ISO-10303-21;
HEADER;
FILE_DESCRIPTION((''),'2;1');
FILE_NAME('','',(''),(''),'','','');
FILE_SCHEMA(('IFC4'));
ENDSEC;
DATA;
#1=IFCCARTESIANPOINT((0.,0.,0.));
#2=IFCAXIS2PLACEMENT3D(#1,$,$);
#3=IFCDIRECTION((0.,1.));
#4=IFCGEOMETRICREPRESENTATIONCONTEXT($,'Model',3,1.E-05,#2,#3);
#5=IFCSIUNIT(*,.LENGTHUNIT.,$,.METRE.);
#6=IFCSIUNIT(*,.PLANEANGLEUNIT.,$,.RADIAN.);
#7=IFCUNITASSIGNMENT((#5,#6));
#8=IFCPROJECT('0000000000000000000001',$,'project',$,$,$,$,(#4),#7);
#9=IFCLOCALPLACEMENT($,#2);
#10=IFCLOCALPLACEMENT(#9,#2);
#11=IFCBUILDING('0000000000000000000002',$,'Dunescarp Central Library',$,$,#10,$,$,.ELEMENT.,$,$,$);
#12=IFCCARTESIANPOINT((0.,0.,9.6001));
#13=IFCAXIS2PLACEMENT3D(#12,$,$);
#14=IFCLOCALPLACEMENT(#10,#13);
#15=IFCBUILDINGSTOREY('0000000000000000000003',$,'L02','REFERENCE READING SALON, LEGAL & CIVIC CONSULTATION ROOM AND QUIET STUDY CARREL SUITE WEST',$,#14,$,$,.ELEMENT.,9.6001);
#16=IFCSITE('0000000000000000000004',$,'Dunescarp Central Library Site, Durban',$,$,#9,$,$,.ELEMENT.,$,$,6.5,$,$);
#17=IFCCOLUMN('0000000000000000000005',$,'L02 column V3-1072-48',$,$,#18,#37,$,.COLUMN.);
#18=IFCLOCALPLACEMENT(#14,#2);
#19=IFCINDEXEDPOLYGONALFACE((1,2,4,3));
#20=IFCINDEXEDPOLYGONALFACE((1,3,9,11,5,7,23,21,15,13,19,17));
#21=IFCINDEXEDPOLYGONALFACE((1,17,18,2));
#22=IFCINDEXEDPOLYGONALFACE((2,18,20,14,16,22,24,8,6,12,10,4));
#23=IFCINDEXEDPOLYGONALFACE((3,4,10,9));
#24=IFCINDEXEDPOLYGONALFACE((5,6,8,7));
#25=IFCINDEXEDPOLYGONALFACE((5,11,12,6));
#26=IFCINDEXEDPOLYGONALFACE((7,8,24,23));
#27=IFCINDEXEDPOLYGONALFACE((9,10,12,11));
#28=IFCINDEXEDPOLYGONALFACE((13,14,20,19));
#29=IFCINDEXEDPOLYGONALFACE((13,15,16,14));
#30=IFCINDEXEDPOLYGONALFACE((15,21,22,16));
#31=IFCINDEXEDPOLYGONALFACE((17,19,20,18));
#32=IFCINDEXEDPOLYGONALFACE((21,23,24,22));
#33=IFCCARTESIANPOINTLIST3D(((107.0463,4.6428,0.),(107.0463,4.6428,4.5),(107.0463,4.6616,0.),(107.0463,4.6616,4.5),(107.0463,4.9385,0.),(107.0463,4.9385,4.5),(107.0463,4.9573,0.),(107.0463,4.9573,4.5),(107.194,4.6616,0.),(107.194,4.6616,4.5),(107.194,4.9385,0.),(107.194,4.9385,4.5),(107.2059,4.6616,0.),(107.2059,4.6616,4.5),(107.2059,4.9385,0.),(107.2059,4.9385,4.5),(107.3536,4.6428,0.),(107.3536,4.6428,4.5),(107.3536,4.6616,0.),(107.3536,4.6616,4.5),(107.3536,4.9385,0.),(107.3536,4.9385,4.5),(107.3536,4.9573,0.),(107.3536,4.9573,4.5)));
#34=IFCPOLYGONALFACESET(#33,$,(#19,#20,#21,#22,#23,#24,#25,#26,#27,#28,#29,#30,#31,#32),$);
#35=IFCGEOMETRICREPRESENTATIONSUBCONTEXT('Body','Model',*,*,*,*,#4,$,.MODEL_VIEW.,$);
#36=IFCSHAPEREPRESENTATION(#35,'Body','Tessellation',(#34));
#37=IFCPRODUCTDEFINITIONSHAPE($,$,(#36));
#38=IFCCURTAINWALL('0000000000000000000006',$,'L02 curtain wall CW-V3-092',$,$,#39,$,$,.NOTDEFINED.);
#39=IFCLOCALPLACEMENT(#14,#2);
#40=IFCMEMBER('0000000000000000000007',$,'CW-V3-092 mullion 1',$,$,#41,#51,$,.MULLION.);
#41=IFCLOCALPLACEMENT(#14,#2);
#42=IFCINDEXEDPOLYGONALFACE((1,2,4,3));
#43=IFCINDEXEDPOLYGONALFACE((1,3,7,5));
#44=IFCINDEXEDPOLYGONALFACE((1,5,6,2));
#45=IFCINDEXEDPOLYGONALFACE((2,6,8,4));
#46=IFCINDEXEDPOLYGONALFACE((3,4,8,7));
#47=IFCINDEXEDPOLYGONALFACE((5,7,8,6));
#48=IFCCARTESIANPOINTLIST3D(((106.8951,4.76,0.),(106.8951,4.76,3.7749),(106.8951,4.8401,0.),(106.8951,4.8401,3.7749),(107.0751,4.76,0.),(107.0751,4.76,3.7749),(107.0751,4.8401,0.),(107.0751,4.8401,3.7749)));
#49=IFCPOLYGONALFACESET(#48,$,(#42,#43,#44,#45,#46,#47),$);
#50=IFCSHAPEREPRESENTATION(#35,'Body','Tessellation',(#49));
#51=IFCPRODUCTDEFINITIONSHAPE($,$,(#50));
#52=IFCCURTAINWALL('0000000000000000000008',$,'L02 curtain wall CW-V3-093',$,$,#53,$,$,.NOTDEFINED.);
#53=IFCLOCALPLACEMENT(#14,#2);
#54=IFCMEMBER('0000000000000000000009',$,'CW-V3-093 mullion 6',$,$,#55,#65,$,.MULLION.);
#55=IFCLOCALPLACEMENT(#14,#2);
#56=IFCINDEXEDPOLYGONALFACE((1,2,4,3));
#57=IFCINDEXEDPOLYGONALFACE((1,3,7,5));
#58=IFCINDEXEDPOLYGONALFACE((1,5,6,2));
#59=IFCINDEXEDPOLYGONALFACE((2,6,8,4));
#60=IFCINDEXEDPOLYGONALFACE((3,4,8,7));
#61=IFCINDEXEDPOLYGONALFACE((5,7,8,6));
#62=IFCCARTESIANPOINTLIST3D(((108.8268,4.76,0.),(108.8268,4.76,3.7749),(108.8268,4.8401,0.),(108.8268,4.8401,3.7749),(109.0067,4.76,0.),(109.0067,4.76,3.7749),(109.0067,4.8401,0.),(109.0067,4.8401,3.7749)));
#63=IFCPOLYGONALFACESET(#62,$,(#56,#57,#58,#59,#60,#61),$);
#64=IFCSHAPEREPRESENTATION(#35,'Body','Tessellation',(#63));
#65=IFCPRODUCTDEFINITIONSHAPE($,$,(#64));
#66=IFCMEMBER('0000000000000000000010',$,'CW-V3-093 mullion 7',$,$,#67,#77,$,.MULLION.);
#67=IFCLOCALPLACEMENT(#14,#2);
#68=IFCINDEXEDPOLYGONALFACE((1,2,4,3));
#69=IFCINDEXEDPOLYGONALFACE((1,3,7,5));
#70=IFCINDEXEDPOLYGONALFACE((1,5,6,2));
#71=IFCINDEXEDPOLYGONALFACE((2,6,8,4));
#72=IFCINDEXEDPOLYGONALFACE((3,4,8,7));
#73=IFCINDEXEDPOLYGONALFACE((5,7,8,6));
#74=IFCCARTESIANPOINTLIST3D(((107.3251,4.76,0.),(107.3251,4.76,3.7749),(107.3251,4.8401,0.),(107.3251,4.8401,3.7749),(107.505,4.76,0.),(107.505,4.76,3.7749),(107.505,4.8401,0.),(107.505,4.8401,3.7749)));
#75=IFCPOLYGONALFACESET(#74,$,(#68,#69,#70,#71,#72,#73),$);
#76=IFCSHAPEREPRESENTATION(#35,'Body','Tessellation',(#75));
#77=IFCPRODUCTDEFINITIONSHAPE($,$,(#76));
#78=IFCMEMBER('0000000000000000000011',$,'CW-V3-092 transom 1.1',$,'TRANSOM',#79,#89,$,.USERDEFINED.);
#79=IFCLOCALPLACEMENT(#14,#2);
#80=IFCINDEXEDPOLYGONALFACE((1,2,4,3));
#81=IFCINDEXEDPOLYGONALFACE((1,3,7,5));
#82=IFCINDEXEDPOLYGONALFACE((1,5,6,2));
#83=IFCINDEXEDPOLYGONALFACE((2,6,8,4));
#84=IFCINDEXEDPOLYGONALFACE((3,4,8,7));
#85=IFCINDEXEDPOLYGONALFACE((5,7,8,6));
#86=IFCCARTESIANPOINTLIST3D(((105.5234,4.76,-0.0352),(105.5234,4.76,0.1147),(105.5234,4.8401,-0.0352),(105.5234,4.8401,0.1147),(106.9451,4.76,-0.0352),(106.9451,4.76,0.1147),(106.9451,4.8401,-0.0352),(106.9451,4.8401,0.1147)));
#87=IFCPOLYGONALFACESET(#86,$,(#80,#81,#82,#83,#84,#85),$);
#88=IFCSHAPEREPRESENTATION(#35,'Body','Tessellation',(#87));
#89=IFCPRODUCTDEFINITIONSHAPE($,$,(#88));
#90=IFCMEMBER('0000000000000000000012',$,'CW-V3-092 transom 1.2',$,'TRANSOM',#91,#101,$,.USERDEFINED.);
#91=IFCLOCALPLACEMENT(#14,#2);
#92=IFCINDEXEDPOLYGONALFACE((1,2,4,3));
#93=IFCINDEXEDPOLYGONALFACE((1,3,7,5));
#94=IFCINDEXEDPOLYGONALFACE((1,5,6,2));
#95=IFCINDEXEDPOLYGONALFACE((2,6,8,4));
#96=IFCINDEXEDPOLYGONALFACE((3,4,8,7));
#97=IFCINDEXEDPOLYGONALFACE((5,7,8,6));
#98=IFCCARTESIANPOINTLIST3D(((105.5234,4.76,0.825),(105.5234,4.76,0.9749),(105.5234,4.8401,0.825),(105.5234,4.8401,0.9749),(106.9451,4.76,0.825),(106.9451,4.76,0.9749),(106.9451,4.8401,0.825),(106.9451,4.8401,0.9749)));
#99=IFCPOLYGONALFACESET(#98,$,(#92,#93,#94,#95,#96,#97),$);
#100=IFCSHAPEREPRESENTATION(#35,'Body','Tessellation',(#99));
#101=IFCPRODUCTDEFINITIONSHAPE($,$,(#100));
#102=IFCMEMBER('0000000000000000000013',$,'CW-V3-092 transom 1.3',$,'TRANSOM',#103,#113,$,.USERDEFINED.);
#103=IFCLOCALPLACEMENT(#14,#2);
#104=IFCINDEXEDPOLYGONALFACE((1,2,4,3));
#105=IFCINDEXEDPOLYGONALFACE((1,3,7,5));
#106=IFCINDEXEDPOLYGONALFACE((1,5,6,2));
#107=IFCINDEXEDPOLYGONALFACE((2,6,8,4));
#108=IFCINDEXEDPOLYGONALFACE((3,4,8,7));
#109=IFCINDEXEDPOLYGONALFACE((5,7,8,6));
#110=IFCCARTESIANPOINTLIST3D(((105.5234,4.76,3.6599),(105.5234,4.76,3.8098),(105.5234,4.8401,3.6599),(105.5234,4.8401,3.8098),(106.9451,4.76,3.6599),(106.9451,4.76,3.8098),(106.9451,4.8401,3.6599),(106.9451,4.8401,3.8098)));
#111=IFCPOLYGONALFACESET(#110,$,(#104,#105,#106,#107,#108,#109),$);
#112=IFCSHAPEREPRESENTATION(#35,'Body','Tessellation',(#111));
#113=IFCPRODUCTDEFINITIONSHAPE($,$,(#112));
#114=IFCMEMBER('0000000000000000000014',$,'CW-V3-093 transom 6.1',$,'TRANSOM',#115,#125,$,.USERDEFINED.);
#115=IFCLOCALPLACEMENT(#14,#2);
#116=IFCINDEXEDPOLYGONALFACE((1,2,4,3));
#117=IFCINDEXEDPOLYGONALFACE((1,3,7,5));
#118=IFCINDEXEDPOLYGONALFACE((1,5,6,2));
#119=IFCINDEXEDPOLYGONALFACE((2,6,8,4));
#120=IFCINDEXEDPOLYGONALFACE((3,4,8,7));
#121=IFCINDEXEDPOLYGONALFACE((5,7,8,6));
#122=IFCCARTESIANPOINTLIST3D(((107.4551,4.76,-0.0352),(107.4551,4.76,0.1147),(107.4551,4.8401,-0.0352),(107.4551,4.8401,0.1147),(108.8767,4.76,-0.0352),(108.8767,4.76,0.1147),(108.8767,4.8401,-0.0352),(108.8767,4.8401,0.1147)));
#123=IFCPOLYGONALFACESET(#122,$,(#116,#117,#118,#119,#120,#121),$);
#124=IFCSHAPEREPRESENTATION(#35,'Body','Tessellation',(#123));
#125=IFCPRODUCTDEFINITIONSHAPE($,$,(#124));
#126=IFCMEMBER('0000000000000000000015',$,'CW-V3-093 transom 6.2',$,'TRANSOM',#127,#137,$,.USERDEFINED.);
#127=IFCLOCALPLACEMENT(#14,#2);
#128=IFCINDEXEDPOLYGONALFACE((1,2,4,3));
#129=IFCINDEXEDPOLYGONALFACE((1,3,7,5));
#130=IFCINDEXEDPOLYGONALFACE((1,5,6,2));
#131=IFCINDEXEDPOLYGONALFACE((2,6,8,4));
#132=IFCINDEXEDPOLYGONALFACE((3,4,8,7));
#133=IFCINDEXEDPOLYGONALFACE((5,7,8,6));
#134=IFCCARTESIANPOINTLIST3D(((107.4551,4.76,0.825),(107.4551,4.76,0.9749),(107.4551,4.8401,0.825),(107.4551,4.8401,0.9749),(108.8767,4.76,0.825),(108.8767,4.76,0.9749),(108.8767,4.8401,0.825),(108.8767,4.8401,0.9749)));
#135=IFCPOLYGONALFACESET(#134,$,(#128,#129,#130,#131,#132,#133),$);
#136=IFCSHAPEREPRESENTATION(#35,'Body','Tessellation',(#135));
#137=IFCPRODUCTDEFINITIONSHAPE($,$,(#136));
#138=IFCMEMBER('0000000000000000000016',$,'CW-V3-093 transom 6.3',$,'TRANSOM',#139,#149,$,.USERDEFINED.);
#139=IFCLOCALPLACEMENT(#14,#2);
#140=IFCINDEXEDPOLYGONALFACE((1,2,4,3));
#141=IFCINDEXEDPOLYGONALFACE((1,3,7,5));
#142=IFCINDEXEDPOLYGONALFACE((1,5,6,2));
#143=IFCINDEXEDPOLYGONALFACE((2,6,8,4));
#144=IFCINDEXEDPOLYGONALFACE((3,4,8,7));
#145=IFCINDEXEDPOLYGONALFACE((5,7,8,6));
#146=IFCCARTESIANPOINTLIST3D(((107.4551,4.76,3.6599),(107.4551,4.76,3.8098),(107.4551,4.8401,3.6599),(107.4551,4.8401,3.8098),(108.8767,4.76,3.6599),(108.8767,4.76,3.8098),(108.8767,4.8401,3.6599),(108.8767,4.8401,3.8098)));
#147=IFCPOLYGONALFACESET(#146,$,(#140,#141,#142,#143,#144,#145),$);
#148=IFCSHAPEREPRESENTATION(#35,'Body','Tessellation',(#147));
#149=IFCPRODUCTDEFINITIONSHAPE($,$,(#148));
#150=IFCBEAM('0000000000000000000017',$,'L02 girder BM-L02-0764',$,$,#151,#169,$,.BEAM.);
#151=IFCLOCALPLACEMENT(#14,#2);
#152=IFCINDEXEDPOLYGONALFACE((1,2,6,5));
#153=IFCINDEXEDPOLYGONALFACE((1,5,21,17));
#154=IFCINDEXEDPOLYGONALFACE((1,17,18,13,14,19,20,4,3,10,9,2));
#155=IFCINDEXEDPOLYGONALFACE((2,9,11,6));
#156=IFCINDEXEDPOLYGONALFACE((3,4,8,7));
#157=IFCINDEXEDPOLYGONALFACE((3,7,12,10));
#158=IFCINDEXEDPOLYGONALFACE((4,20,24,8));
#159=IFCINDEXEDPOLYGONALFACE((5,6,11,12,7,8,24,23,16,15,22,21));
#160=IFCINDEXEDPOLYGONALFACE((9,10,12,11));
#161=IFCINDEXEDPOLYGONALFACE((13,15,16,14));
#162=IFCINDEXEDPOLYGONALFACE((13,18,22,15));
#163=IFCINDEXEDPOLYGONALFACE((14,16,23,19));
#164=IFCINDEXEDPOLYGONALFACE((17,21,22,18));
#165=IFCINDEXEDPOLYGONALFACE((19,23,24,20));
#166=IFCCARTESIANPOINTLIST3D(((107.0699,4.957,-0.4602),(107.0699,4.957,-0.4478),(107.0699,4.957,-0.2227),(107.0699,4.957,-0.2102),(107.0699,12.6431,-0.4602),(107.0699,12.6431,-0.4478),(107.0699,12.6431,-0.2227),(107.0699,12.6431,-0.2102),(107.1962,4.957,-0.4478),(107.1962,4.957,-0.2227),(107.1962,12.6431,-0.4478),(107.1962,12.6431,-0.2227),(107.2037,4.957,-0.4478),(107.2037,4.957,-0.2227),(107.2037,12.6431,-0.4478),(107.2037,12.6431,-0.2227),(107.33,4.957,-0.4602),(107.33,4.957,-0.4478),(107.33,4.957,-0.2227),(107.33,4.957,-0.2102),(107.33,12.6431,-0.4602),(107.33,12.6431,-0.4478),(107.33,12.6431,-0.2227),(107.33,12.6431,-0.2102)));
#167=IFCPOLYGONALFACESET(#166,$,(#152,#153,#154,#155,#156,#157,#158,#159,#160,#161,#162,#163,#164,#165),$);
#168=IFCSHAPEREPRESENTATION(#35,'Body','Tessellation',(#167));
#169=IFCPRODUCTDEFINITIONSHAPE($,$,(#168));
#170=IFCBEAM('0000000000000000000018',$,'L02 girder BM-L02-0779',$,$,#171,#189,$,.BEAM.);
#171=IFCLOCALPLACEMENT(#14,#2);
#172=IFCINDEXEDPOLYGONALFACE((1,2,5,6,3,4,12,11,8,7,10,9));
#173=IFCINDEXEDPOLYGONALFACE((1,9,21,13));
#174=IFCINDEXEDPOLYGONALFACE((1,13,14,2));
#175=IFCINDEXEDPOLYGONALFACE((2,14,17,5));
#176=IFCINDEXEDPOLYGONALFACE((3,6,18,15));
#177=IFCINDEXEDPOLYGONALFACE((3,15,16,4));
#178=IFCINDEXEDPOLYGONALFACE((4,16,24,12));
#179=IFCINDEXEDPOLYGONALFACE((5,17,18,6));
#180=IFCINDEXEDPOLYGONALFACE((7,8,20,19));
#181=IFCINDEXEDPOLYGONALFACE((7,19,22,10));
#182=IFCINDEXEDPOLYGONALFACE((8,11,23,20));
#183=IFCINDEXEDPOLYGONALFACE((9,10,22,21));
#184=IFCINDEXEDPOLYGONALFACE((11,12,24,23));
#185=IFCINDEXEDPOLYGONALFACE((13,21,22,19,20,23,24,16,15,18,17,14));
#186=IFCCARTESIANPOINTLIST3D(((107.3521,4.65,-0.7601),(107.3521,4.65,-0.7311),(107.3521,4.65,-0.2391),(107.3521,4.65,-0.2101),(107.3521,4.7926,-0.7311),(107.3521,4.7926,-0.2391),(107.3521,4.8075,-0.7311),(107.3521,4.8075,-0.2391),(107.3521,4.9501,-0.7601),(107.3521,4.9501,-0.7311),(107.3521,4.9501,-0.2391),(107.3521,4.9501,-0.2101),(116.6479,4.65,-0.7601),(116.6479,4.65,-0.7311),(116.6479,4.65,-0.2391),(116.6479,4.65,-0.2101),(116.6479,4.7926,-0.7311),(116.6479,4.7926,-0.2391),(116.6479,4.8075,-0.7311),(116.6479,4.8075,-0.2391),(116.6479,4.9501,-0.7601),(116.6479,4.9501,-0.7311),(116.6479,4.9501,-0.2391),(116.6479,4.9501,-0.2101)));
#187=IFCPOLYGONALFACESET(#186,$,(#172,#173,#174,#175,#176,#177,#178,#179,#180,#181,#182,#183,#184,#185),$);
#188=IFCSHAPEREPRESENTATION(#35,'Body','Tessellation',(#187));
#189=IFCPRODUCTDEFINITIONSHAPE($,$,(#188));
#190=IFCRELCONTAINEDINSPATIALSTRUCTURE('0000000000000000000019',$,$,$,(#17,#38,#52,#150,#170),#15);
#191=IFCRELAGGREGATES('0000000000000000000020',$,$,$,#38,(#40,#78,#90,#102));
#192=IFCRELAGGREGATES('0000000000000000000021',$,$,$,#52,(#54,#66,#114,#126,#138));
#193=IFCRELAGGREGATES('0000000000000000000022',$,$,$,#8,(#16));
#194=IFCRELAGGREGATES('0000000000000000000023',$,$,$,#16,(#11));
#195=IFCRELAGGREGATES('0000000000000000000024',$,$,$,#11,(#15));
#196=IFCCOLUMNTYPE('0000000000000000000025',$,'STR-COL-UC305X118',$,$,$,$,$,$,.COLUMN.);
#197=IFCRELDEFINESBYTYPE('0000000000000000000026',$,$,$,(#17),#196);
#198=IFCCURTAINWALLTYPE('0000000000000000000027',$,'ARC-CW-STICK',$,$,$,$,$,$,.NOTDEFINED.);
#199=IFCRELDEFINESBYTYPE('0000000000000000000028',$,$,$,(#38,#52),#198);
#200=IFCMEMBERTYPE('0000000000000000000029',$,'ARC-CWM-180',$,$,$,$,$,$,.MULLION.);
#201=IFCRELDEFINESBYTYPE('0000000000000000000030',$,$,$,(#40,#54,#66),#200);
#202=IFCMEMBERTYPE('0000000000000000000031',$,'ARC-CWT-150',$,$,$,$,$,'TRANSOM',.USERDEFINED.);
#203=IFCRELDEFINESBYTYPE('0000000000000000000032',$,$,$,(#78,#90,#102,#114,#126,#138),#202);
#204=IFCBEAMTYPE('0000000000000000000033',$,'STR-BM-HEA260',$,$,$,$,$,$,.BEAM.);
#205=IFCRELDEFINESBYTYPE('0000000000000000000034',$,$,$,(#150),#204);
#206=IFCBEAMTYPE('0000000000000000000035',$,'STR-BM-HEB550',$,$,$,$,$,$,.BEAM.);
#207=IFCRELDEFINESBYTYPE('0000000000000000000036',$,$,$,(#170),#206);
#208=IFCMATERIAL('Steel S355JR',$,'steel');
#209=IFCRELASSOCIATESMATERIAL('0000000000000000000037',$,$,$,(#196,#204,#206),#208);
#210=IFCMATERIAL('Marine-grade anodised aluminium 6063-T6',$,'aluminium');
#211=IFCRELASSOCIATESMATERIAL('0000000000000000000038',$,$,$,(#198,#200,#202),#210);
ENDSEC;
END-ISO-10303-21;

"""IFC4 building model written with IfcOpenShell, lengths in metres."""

from ifc_helpers import new_model, si_unit, direction, frame, origin, origin_2d, place, context, subcontext, project, spatial, rectangle, i_section, extrude, material, material_profile, profile_set, type_object, element, aggregate, save


model = new_model("IFC4")

# Units and contexts
model_context = context("Model", 3, precision=1e-05, world=origin(), true_north=direction((0.0, 1.0)))
body_context = subcontext(model_context, "Body", "Model", "MODEL_VIEW")
ifc_project = project(units=[si_unit("LENGTHUNIT", "METRE"), si_unit("PLANEANGLEUNIT", "RADIAN")], contexts=[model_context])

# Site, building, storey
site_placement = place(None, origin())
site = spatial("IfcSite", under=ifc_project, at=site_placement, Name="Dunescarp Central Library Site, Durban", CompositionType="ELEMENT", RefElevation=6.5)
building_placement = place(site_placement, origin())
building = spatial("IfcBuilding", under=site, at=building_placement, Name="Dunescarp Central Library", CompositionType="ELEMENT")
storey_placement = place(building_placement, frame((0.0, 0.0, 9.6001)))
storey = spatial("IfcBuildingStorey", under=building, at=storey_placement, Name="L02", Description="REFERENCE READING SALON, LEGAL & CIVIC CONSULTATION ROOM AND QUIET STUDY CARREL SUITE WEST", CompositionType="ELEMENT", Elevation=9.6001)

# Column
ifc_material_1 = material(Name="Steel S355JR", Category="steel")
ifc_material_profile_1 = material_profile(ifc_material_1, i_section(OverallWidth=0.3074, OverallDepth=0.3145, WebThickness=0.012, FlangeThickness=0.0188, at=origin_2d()), Name="UC 305x305x118")
ifc_profile_set_1 = profile_set([ifc_material_profile_1], Name="Steel S355JR")
column_type = type_object("IfcColumnType", Name="STR-COL-UC305X118", PredefinedType="COLUMN", material=ifc_profile_set_1)
column_placement = place(storey_placement, frame((107.2, 4.8, 0.0), z_axis=(0.0, 0.0, 1.0), x_axis=(1.0, 0.0, 0.0)))
element("IfcColumn", 1, at=column_placement, inside=storey, type_object=column_type, Name="L02 column V3-1072-48", PredefinedType="COLUMN", context=body_context, shape_type="SweptSolid", body=[
    extrude(i_section(OverallWidth=0.3074, OverallDepth=0.3145, WebThickness=0.012, FlangeThickness=0.0188, at=origin_2d()), origin(), (0.0, 0.0, 1.0), 4.5),
])

# Curtain wall, member
ifc_material_2 = material(Name="Marine-grade anodised aluminium 6063-T6", Category="aluminium")
curtain_wall_type = type_object("IfcCurtainWallType", Name="ARC-CW-STICK", PredefinedType="NOTDEFINED", material=ifc_material_2)
curtain_wall_1_placement = place(storey_placement, origin())
curtain_wall_1 = element("IfcCurtainWall", 2, at=curtain_wall_1_placement, inside=storey, type_object=curtain_wall_type, Name="L02 curtain wall CW-V3-092", PredefinedType="NOTDEFINED")
ifc_material_profile_2 = material_profile(ifc_material_2, rectangle(XDim=0.0801, YDim=0.1799, at=origin_2d()), Name="AL 80x180")
ifc_profile_set_2 = profile_set([ifc_material_profile_2], Name="Marine-grade anodised aluminium 6063-T6")
member_type_1 = type_object("IfcMemberType", Name="ARC-CWM-180", PredefinedType="MULLION", material=ifc_profile_set_2)
member_1_placement = place(storey_placement, frame((106.9851, 4.8, 0.0), z_axis=(0.0, 0.0, 1.0), x_axis=(0.0, -1.0, 0.0)))
member_1 = element("IfcMember", 3, at=member_1_placement, type_object=member_type_1, Name="CW-V3-092 mullion 1", PredefinedType="MULLION", context=body_context, shape_type="SweptSolid", body=[
    extrude(rectangle(XDim=0.0801, YDim=0.1799, at=origin_2d()), origin(), (0.0, 0.0, 1.0), 3.7749),
])

# Curtain wall, members
curtain_wall_2_placement = place(storey_placement, origin())
curtain_wall_2 = element("IfcCurtainWall", 4, at=curtain_wall_2_placement, inside=storey, type_object=curtain_wall_type, Name="L02 curtain wall CW-V3-093", PredefinedType="NOTDEFINED")
member_2_placement = place(storey_placement, frame((108.9167, 4.8, 0.0), z_axis=(0.0, 0.0, 1.0), x_axis=(0.0, -1.0, 0.0)))
member_2 = element("IfcMember", 5, at=member_2_placement, type_object=member_type_1, Name="CW-V3-093 mullion 6", PredefinedType="MULLION", context=body_context, shape_type="SweptSolid", body=[
    extrude(rectangle(XDim=0.0801, YDim=0.1799, at=origin_2d()), origin(), (0.0, 0.0, 1.0), 3.7749),
])
member_3_placement = place(storey_placement, frame((107.415, 4.8, 0.0), z_axis=(0.0, 0.0, 1.0), x_axis=(0.0, -1.0, 0.0)))
member_3 = element("IfcMember", 6, at=member_3_placement, type_object=member_type_1, Name="CW-V3-093 mullion 7", PredefinedType="MULLION", context=body_context, shape_type="SweptSolid", body=[
    extrude(rectangle(XDim=0.0801, YDim=0.1799, at=origin_2d()), origin(), (0.0, 0.0, 1.0), 3.7749),
])

# Members
ifc_material_profile_3 = material_profile(ifc_material_2, rectangle(XDim=0.0801, YDim=0.1499, at=origin_2d()), Name="AL 80x150")
ifc_profile_set_3 = profile_set([ifc_material_profile_3], Name="Marine-grade anodised aluminium 6063-T6")
member_type_2 = type_object("IfcMemberType", Name="ARC-CWT-150", ElementType="TRANSOM", PredefinedType="USERDEFINED", material=ifc_profile_set_3)
member_4_placement = place(storey_placement, frame((106.9451, 4.8, 0.0398), z_axis=(-1.0, 0.0, 0.0), x_axis=(0.0, -1.0, 0.0)))
member_4 = element("IfcMember", 7, at=member_4_placement, type_object=member_type_2, Name="CW-V3-092 transom 1.1", ObjectType="TRANSOM", PredefinedType="USERDEFINED", context=body_context, shape_type="SweptSolid", body=[
    extrude(rectangle(XDim=0.0801, YDim=0.1499, at=origin_2d()), origin(), (0.0, 0.0, 1.0), 1.4216),
])
member_5_placement = place(storey_placement, frame((106.9451, 4.8, 0.8999), z_axis=(-1.0, 0.0, 0.0), x_axis=(0.0, -1.0, 0.0)))
member_5 = element("IfcMember", 8, at=member_5_placement, type_object=member_type_2, Name="CW-V3-092 transom 1.2", ObjectType="TRANSOM", PredefinedType="USERDEFINED", context=body_context, shape_type="SweptSolid", body=[
    extrude(rectangle(XDim=0.0801, YDim=0.1499, at=origin_2d()), origin(), (0.0, 0.0, 1.0), 1.4216),
])
member_6_placement = place(storey_placement, frame((106.9451, 4.8, 3.7349), z_axis=(-1.0, 0.0, 0.0), x_axis=(0.0, -1.0, 0.0)))
member_6 = element("IfcMember", 9, at=member_6_placement, type_object=member_type_2, Name="CW-V3-092 transom 1.3", ObjectType="TRANSOM", PredefinedType="USERDEFINED", context=body_context, shape_type="SweptSolid", body=[
    extrude(rectangle(XDim=0.0801, YDim=0.1499, at=origin_2d()), origin(), (0.0, 0.0, 1.0), 1.4216),
])
member_7_placement = place(storey_placement, frame((108.8767, 4.8, 0.0398), z_axis=(-1.0, 0.0, 0.0), x_axis=(0.0, -1.0, 0.0)))
member_7 = element("IfcMember", 10, at=member_7_placement, type_object=member_type_2, Name="CW-V3-093 transom 6.1", ObjectType="TRANSOM", PredefinedType="USERDEFINED", context=body_context, shape_type="SweptSolid", body=[
    extrude(rectangle(XDim=0.0801, YDim=0.1499, at=origin_2d()), origin(), (0.0, 0.0, 1.0), 1.4216),
])
member_8_placement = place(storey_placement, frame((108.8767, 4.8, 0.8999), z_axis=(-1.0, 0.0, 0.0), x_axis=(0.0, -1.0, 0.0)))
member_8 = element("IfcMember", 11, at=member_8_placement, type_object=member_type_2, Name="CW-V3-093 transom 6.2", ObjectType="TRANSOM", PredefinedType="USERDEFINED", context=body_context, shape_type="SweptSolid", body=[
    extrude(rectangle(XDim=0.0801, YDim=0.1499, at=origin_2d()), origin(), (0.0, 0.0, 1.0), 1.4216),
])
member_9_placement = place(storey_placement, frame((108.8767, 4.8, 3.7349), z_axis=(-1.0, 0.0, 0.0), x_axis=(0.0, -1.0, 0.0)))
member_9 = element("IfcMember", 12, at=member_9_placement, type_object=member_type_2, Name="CW-V3-093 transom 6.3", ObjectType="TRANSOM", PredefinedType="USERDEFINED", context=body_context, shape_type="SweptSolid", body=[
    extrude(rectangle(XDim=0.0801, YDim=0.1499, at=origin_2d()), origin(), (0.0, 0.0, 1.0), 1.4216),
])

# Beams
ifc_material_profile_4 = material_profile(ifc_material_1, i_section(OverallWidth=0.26, OverallDepth=0.25, WebThickness=0.0076, FlangeThickness=0.0125, at=origin_2d()), Name="HEA 260")
ifc_profile_set_4 = profile_set([ifc_material_profile_4], Name="Steel S355JR")
beam_type_1 = type_object("IfcBeamType", Name="STR-BM-HEA260", PredefinedType="BEAM", material=ifc_profile_set_4)
beam_1_placement = place(storey_placement, frame((107.2, 4.957, -0.3352), z_axis=(0.0, 1.0, 0.0), x_axis=(-1.0, 0.0, 0.0)))
element("IfcBeam", 13, at=beam_1_placement, inside=storey, type_object=beam_type_1, Name="L02 girder BM-L02-0764", PredefinedType="BEAM", context=body_context, shape_type="SweptSolid", body=[
    extrude(i_section(OverallWidth=0.26, OverallDepth=0.25, WebThickness=0.0076, FlangeThickness=0.0125, at=origin_2d()), origin(), (0.0, 0.0, 1.0), 7.686),
])
ifc_material_profile_5 = material_profile(ifc_material_1, i_section(OverallWidth=0.3, OverallDepth=0.55, WebThickness=0.0149, FlangeThickness=0.0291, at=origin_2d()), Name="HEB 550")
ifc_profile_set_5 = profile_set([ifc_material_profile_5], Name="Steel S355JR")
beam_type_2 = type_object("IfcBeamType", Name="STR-BM-HEB550", PredefinedType="BEAM", material=ifc_profile_set_5)
beam_2_placement = place(storey_placement, frame((107.3521, 4.8, -0.4851), z_axis=(1.0, 0.0, 0.0), x_axis=(0.0, 1.0, 0.0)))
element("IfcBeam", 14, at=beam_2_placement, inside=storey, type_object=beam_type_2, Name="L02 girder BM-L02-0779", PredefinedType="BEAM", context=body_context, shape_type="SweptSolid", body=[
    extrude(i_section(OverallWidth=0.3, OverallDepth=0.55, WebThickness=0.0149, FlangeThickness=0.0291, at=origin_2d()), origin(), (0.0, 0.0, 1.0), 9.2959),
])

aggregate(curtain_wall_1, [member_1, member_4, member_5, member_6])
aggregate(curtain_wall_2, [member_2, member_3, member_7, member_8, member_9])

save(model, "model.ifc")
